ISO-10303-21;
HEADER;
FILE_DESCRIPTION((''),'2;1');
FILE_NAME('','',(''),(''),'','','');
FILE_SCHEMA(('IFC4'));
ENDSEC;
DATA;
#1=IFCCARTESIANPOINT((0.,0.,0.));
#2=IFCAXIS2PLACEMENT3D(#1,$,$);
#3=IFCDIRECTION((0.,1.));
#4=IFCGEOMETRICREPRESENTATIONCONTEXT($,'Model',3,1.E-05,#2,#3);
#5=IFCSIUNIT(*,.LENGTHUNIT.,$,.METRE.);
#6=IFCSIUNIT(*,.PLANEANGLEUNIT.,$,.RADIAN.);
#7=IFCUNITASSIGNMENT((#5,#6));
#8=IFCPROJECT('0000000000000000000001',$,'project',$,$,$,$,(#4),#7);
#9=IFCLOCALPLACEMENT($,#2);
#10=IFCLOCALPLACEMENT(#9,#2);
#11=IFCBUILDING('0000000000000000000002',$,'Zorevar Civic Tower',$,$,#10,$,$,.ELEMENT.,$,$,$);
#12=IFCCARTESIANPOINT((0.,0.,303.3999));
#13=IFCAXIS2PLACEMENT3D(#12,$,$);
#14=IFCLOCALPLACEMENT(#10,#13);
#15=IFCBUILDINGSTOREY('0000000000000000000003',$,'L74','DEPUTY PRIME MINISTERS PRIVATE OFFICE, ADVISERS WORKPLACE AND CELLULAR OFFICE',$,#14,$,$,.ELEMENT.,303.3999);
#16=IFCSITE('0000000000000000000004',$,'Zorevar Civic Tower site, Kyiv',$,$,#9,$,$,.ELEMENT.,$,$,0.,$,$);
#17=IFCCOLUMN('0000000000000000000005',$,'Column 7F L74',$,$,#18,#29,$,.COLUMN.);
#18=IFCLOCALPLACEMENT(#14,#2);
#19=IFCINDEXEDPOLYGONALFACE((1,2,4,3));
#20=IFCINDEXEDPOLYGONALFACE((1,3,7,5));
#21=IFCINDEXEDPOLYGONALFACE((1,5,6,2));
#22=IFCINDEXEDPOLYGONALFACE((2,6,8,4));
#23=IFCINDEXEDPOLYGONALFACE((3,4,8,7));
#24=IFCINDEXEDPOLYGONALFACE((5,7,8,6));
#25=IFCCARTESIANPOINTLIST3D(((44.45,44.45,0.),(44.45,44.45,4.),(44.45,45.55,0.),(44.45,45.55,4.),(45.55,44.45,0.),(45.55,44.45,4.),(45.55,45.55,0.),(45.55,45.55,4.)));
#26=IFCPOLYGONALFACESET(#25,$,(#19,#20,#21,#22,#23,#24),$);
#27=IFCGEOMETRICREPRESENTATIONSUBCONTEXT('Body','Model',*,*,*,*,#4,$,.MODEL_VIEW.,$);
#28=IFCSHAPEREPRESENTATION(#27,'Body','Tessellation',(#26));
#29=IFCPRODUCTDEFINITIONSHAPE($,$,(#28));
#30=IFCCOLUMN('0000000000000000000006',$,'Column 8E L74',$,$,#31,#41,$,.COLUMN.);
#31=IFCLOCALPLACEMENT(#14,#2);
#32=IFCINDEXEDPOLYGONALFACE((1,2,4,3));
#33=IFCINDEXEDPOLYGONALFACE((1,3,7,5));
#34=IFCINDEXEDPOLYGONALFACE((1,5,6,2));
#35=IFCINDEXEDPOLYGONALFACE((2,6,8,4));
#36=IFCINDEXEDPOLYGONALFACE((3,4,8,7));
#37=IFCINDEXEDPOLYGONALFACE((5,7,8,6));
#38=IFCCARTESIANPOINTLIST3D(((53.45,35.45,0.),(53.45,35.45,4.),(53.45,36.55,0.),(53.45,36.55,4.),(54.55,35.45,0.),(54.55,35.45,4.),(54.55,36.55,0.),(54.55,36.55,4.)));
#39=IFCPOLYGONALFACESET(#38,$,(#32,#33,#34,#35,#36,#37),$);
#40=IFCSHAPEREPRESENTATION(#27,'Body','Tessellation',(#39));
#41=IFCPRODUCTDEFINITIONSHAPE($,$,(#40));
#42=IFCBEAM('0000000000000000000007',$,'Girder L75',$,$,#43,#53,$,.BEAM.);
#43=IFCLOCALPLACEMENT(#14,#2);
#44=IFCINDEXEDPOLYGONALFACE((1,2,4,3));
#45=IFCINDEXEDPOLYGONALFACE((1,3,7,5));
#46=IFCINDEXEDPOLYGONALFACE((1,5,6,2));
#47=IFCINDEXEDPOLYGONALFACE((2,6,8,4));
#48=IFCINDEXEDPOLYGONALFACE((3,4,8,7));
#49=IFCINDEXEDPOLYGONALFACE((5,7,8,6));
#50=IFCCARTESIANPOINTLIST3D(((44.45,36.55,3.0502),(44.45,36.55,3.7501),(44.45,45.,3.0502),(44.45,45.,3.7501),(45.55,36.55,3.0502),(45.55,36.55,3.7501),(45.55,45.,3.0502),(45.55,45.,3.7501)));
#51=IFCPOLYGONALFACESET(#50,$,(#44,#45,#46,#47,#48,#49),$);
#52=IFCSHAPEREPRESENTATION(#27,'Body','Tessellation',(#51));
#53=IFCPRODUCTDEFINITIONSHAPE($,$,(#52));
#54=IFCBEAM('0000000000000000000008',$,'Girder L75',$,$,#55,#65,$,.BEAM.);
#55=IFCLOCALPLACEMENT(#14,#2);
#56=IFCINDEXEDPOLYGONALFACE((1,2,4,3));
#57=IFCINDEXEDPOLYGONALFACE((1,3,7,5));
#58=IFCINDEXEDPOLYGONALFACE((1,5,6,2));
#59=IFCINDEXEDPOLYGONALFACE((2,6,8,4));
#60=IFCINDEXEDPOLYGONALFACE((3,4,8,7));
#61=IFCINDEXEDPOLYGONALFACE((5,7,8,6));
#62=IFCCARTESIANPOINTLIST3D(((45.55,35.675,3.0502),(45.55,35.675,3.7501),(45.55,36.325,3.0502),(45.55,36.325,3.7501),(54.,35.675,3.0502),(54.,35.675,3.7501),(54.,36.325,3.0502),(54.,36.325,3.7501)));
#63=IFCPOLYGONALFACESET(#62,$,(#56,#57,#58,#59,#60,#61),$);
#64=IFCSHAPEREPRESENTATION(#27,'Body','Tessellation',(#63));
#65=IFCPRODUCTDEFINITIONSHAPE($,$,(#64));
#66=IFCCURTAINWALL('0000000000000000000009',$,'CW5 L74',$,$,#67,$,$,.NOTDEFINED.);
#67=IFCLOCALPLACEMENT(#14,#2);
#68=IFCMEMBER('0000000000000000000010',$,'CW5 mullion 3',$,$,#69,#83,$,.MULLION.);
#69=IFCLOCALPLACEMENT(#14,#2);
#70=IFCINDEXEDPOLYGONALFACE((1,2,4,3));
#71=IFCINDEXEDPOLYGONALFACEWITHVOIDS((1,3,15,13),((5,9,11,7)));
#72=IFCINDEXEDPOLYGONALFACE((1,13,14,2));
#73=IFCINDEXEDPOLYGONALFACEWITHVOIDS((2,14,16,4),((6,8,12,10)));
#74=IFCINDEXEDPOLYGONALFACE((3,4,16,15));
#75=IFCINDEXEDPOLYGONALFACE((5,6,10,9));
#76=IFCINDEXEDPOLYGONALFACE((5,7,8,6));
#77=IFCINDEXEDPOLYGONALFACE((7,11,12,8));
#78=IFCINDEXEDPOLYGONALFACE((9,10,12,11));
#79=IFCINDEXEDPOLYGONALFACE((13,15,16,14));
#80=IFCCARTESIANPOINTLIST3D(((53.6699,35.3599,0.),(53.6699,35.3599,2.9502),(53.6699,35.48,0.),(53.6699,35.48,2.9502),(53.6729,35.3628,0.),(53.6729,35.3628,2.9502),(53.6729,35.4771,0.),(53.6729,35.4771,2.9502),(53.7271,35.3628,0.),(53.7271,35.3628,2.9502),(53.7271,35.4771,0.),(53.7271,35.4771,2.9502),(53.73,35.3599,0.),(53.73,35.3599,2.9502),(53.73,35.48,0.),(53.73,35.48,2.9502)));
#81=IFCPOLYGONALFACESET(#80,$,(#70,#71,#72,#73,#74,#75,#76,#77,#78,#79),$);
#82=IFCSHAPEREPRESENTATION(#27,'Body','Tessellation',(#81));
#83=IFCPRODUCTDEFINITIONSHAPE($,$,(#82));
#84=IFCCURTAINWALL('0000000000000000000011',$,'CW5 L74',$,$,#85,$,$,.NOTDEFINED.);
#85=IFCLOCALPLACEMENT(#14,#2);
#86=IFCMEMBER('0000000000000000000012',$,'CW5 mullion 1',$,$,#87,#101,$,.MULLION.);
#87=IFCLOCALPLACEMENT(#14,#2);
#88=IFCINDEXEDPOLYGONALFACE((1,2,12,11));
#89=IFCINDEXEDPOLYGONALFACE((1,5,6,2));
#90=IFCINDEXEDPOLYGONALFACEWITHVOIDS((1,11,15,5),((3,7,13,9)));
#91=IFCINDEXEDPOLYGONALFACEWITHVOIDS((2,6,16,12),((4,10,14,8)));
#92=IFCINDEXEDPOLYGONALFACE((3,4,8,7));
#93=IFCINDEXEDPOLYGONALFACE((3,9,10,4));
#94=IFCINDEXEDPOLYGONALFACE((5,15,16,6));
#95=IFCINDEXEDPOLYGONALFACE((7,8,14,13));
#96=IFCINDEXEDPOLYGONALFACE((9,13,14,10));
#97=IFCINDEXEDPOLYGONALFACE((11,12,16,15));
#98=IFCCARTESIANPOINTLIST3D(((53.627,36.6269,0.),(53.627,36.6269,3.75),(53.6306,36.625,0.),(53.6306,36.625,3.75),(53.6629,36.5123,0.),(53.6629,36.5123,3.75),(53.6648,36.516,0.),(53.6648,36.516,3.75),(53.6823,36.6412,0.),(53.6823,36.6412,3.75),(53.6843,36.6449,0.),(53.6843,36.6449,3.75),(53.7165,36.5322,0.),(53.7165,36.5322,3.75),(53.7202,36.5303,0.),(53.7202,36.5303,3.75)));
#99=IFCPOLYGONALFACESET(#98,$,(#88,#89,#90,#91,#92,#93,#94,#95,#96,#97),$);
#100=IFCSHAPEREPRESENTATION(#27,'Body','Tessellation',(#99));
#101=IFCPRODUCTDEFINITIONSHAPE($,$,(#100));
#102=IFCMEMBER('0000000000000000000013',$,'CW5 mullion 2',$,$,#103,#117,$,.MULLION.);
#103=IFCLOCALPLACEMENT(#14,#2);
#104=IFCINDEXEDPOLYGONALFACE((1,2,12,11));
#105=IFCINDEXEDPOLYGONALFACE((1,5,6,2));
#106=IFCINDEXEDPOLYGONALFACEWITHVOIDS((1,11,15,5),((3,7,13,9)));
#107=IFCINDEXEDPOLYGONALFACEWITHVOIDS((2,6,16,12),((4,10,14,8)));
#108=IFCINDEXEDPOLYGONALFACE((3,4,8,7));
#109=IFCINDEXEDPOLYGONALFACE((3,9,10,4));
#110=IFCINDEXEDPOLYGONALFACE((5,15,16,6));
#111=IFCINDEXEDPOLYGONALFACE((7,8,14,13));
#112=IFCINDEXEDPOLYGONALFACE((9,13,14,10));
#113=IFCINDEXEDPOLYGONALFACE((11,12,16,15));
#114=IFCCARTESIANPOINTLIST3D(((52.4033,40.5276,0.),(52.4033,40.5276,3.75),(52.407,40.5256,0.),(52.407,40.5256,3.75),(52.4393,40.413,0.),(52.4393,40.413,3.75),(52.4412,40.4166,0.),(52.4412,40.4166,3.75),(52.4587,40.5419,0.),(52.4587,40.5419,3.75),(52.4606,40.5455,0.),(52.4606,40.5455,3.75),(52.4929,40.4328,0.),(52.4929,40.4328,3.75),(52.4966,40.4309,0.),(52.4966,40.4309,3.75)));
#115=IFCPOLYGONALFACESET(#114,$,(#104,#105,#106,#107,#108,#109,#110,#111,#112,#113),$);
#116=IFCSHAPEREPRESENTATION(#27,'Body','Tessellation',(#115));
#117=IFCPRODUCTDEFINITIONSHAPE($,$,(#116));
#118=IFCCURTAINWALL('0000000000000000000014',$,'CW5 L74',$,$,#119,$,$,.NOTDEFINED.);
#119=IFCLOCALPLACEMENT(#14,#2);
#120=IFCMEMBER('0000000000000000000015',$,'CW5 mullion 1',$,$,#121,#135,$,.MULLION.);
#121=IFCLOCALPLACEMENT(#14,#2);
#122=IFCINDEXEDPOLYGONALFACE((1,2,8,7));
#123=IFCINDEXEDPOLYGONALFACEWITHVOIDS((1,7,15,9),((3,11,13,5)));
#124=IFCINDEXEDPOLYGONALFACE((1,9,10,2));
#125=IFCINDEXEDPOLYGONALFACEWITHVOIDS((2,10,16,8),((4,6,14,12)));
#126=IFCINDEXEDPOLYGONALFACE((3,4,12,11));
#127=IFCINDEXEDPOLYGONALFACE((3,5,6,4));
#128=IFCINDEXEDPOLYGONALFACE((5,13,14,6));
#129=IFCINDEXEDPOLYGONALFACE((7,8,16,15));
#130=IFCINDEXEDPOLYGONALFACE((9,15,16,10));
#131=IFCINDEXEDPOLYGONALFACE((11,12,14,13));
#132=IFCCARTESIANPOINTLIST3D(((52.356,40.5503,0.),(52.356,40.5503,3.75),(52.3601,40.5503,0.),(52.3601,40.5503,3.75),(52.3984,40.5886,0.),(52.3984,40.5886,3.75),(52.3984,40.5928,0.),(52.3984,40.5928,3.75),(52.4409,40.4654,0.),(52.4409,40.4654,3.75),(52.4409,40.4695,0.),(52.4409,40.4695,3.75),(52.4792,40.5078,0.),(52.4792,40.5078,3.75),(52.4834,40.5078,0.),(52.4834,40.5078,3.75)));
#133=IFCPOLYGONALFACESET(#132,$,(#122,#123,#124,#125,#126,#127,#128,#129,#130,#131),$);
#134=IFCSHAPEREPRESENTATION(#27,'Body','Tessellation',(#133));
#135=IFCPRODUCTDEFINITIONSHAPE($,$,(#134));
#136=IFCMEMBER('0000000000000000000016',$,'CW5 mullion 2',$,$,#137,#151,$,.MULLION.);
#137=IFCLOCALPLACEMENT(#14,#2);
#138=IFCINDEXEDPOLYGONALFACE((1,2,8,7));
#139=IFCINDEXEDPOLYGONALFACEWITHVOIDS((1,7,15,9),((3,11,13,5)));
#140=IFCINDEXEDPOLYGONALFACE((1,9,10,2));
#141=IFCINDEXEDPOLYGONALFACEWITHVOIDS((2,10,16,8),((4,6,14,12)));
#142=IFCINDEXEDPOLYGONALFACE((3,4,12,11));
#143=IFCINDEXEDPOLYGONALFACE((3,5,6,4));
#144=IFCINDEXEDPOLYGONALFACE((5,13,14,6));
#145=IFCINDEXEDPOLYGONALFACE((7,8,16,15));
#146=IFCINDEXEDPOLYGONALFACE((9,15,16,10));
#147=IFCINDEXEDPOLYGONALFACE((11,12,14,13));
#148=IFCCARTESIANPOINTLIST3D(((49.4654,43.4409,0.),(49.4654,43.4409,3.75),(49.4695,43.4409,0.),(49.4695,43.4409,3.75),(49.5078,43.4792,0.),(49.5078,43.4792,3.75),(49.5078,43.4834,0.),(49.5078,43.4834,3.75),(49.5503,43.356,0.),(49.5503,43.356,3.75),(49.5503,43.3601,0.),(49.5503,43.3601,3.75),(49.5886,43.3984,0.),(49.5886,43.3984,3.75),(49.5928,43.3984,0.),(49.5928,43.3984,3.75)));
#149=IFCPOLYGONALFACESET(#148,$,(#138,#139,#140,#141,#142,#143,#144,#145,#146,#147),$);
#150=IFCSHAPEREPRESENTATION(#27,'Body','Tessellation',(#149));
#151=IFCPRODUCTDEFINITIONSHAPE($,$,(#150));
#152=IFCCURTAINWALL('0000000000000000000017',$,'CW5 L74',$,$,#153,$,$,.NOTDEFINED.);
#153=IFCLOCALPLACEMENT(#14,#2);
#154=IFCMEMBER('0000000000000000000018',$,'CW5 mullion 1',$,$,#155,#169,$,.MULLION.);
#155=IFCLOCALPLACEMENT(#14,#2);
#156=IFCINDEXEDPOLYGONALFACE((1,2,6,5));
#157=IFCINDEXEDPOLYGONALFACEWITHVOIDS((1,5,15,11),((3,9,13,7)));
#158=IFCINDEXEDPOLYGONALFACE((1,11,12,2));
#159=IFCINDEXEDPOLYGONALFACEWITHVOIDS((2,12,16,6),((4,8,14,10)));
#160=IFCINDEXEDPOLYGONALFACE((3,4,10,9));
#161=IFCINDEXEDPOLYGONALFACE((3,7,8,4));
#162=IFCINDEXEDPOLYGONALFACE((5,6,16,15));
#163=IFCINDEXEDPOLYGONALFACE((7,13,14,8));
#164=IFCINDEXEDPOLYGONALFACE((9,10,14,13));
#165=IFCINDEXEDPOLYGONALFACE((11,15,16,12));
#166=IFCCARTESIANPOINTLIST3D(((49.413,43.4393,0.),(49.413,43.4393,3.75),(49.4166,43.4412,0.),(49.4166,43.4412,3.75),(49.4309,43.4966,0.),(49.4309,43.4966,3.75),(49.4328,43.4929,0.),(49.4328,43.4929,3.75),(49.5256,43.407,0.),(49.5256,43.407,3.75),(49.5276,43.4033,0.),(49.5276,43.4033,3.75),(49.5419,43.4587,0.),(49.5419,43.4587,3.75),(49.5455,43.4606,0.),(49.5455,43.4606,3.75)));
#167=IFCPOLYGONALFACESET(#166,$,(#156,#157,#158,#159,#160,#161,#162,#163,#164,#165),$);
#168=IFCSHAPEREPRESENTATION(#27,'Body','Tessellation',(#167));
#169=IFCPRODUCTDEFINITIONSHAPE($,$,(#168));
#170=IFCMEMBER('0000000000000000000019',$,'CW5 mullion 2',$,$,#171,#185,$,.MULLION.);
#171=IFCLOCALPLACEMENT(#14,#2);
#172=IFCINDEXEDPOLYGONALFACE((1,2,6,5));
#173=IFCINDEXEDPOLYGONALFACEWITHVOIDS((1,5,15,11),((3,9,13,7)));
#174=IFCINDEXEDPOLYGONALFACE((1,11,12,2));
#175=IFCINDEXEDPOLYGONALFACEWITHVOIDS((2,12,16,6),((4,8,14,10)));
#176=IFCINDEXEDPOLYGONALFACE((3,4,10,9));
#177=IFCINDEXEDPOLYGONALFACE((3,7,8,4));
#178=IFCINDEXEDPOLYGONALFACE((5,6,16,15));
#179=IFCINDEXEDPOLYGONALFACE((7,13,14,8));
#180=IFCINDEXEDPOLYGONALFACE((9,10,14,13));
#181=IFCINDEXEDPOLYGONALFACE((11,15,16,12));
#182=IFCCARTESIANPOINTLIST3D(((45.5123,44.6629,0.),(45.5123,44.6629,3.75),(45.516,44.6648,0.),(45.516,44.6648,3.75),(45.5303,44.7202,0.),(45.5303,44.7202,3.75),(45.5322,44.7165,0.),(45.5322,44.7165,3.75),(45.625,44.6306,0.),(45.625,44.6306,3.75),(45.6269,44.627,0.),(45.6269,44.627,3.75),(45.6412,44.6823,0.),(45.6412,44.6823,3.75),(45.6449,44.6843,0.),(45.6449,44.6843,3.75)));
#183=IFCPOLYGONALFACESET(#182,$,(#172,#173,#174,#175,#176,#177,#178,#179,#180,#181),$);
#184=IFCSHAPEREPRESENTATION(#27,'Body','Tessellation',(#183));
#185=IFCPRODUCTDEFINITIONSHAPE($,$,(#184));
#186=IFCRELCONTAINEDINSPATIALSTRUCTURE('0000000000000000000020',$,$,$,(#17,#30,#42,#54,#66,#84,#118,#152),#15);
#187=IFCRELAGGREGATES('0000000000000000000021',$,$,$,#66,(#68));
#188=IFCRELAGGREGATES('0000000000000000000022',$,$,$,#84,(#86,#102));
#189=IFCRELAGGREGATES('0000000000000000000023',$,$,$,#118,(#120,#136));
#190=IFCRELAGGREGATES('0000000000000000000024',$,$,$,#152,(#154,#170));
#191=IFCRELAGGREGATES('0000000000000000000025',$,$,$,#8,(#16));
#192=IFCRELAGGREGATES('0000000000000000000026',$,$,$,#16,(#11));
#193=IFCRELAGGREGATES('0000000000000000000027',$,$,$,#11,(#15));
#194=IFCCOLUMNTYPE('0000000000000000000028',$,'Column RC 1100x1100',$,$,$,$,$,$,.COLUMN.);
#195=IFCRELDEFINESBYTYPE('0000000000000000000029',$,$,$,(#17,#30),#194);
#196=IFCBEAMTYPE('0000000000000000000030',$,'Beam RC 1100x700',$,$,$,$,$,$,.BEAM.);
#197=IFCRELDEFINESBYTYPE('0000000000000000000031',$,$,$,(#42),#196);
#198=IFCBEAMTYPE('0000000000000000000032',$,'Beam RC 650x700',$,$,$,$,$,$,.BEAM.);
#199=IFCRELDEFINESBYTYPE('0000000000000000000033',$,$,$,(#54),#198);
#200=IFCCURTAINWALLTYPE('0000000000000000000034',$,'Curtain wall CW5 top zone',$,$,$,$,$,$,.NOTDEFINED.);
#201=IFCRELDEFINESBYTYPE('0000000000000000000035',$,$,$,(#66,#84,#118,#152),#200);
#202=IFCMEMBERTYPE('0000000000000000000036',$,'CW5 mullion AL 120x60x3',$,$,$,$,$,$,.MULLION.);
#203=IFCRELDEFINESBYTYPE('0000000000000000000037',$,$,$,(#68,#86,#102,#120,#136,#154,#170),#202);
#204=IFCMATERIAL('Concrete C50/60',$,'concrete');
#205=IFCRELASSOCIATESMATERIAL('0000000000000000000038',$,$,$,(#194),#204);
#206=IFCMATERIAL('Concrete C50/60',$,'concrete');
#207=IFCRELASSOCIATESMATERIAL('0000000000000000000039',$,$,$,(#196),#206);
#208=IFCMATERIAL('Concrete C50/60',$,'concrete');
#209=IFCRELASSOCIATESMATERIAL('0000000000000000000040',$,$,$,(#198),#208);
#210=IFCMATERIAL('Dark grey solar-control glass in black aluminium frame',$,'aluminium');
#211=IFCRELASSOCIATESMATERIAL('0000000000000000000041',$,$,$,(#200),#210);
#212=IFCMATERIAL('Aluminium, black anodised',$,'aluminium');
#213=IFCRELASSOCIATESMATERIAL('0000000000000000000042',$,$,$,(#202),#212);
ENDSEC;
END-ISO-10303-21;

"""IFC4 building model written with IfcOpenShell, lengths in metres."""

from ifc_helpers import new_model, si_unit, direction, frame, origin, origin_2d, place, context, subcontext, project, spatial, rectangle, hollow_rectangle, extrude, material, material_profile, profile_set, type_object, element, aggregate, save


model = new_model("IFC4")

# Units and contexts
model_context = context("Model", 3, precision=1e-05, world=origin(), true_north=direction((0.0, 1.0)))
body_context = subcontext(model_context, "Body", "Model", "MODEL_VIEW")
ifc_project = project(units=[si_unit("LENGTHUNIT", "METRE"), si_unit("PLANEANGLEUNIT", "RADIAN")], contexts=[model_context])

# Site, building, storey
site_placement = place(None, origin())
site = spatial("IfcSite", under=ifc_project, at=site_placement, Name="Zorevar Civic Tower site, Kyiv", CompositionType="ELEMENT", RefElevation=0.0)
building_placement = place(site_placement, origin())
building = spatial("IfcBuilding", under=site, at=building_placement, Name="Zorevar Civic Tower", CompositionType="ELEMENT")
storey_placement = place(building_placement, frame((0.0, 0.0, 303.3999)))
storey = spatial("IfcBuildingStorey", under=building, at=storey_placement, Name="L74", Description="DEPUTY PRIME MINISTERS PRIVATE OFFICE, ADVISERS WORKPLACE AND CELLULAR OFFICE", CompositionType="ELEMENT", Elevation=303.3999)

# Columns
ifc_material_1 = material(Name="Concrete C50/60", Category="concrete")
ifc_material_profile_1 = material_profile(ifc_material_1, rectangle(XDim=1.1001, YDim=1.1001, at=origin_2d()), Name="RC 1100x1100")
ifc_profile_set_1 = profile_set([ifc_material_profile_1], Name="Concrete C50/60")
column_type = type_object("IfcColumnType", Name="Column RC 1100x1100", PredefinedType="COLUMN", material=ifc_profile_set_1)
for number, where, z_axis, x_axis, name in (
    (1, (45.0, 45.0, 0.0), (0.0, 0.0, 1.0), (1.0, 0.0, 0.0), "Column 7F L74"),
    (2, (54.0, 36.0, 0.0), (0.0, 0.0, 1.0), (1.0, 0.0, 0.0), "Column 8E L74"),
):
    element("IfcColumn", number, at=place(storey_placement, frame(where, z_axis=z_axis, x_axis=x_axis)), inside=storey, type_object=column_type, Name=name, PredefinedType="COLUMN", context=body_context, shape_type="SweptSolid", body=[
        extrude(rectangle(XDim=1.1001, YDim=1.1001, at=origin_2d()), origin(), (0.0, 0.0, 1.0), 4.0),
    ])

# Beams
ifc_material_2 = material(Name="Concrete C50/60", Category="concrete")
ifc_material_profile_2 = material_profile(ifc_material_2, rectangle(XDim=1.1001, YDim=0.7, at=origin_2d()), Name="RC 1100x700")
ifc_profile_set_2 = profile_set([ifc_material_profile_2], Name="Concrete C50/60")
beam_type_1 = type_object("IfcBeamType", Name="Beam RC 1100x700", PredefinedType="BEAM", material=ifc_profile_set_2)
beam_1_placement = place(storey_placement, frame((45.0, 36.55, 3.4001), z_axis=(0.0, 1.0, 0.0), x_axis=(-1.0, 0.0, 0.0)))
element("IfcBeam", 3, at=beam_1_placement, inside=storey, type_object=beam_type_1, Name="Girder L75", PredefinedType="BEAM", context=body_context, shape_type="SweptSolid", body=[
    extrude(rectangle(XDim=1.1001, YDim=0.7, at=origin_2d()), origin(), (0.0, 0.0, 1.0), 8.45),
])
ifc_material_3 = material(Name="Concrete C50/60", Category="concrete")
ifc_material_profile_3 = material_profile(ifc_material_3, rectangle(XDim=0.6499, YDim=0.7, at=origin_2d()), Name="RC 650x700")
ifc_profile_set_3 = profile_set([ifc_material_profile_3], Name="Concrete C50/60")
beam_type_2 = type_object("IfcBeamType", Name="Beam RC 650x700", PredefinedType="BEAM", material=ifc_profile_set_3)
beam_2_placement = place(storey_placement, frame((45.55, 36.0, 3.4001), z_axis=(1.0, 0.0, 0.0), x_axis=(0.0, 1.0, 0.0)))
element("IfcBeam", 4, at=beam_2_placement, inside=storey, type_object=beam_type_2, Name="Girder L75", PredefinedType="BEAM", context=body_context, shape_type="SweptSolid", body=[
    extrude(rectangle(XDim=0.6499, YDim=0.7, at=origin_2d()), origin(), (0.0, 0.0, 1.0), 8.45),
])

# Curtain wall, member
ifc_material_4 = material(Name="Dark grey solar-control glass in black aluminium frame", Category="aluminium")
curtain_wall_type = type_object("IfcCurtainWallType", Name="Curtain wall CW5 top zone", PredefinedType="NOTDEFINED", material=ifc_material_4)
curtain_wall_1_placement = place(storey_placement, origin())
curtain_wall_1 = element("IfcCurtainWall", 5, at=curtain_wall_1_placement, inside=storey, type_object=curtain_wall_type, Name="CW5 L74", PredefinedType="NOTDEFINED")
ifc_material_5 = material(Name="Aluminium, black anodised", Category="aluminium")
ifc_material_profile_4 = material_profile(ifc_material_5, hollow_rectangle(XDim=0.0601, YDim=0.1201, WallThickness=0.0029, at=origin_2d()), Name="AL 120x60x3")
ifc_profile_set_4 = profile_set([ifc_material_profile_4], Name="Aluminium, black anodised")
member_type_1 = type_object("IfcMemberType", Name="CW5 mullion AL 120x60x3", PredefinedType="MULLION", material=ifc_profile_set_4)
member_1_placement = place(storey_placement, frame((53.7, 35.4199, 0.0), z_axis=(0.0, 0.0, 1.0), x_axis=(-1.0, 0.0, 0.0)))
member_1 = element("IfcMember", 6, at=member_1_placement, type_object=member_type_1, Name="CW5 mullion 3", PredefinedType="MULLION", context=body_context, shape_type="SweptSolid", body=[
    extrude(hollow_rectangle(XDim=0.0601, YDim=0.1201, WallThickness=0.0029, at=origin_2d()), origin(), (0.0, 0.0, 1.0), 2.9502),
])

# Curtain walls, members
curtain_wall_2_placement = place(storey_placement, origin())
curtain_wall_2 = element("IfcCurtainWall", 7, at=curtain_wall_2_placement, inside=storey, type_object=curtain_wall_type, Name="CW5 L74", PredefinedType="NOTDEFINED")
member_2_placement = place(storey_placement, frame((53.6736, 36.5786, 0.0), z_axis=(0.0, 0.0, 1.0), x_axis=(-0.954153, -0.299318, 0.0)))
member_2 = element("IfcMember", 8, at=member_2_placement, type_object=member_type_1, Name="CW5 mullion 1", PredefinedType="MULLION", context=body_context, shape_type="SweptSolid", body=[
    extrude(hollow_rectangle(XDim=0.0601, YDim=0.1201, WallThickness=0.0029, at=origin_2d()), origin(), (0.0, 0.0, 1.0), 3.75),
])
member_3_placement = place(storey_placement, frame((52.45, 40.4792, 0.0), z_axis=(0.0, 0.0, 1.0), x_axis=(-0.954153, -0.299318, 0.0)))
member_3 = element("IfcMember", 9, at=member_3_placement, type_object=member_type_1, Name="CW5 mullion 2", PredefinedType="MULLION", context=body_context, shape_type="SweptSolid", body=[
    extrude(hollow_rectangle(XDim=0.0601, YDim=0.1201, WallThickness=0.0029, at=origin_2d()), origin(), (0.0, 0.0, 1.0), 3.75),
])
curtain_wall_3_placement = place(storey_placement, origin())
curtain_wall_3 = element("IfcCurtainWall", 10, at=curtain_wall_3_placement, inside=storey, type_object=curtain_wall_type, Name="CW5 L74", PredefinedType="NOTDEFINED")
member_4_placement = place(storey_placement, frame((52.4197, 40.5291, 0.0), z_axis=(0.0, 0.0, 1.0), x_axis=(-0.707107, -0.707107, 0.0)))
member_4 = element("IfcMember", 11, at=member_4_placement, type_object=member_type_1, Name="CW5 mullion 1", PredefinedType="MULLION", context=body_context, shape_type="SweptSolid", body=[
    extrude(hollow_rectangle(XDim=0.0601, YDim=0.1201, WallThickness=0.0029, at=origin_2d()), origin(), (0.0, 0.0, 1.0), 3.75),
])
member_5_placement = place(storey_placement, frame((49.5291, 43.4197, 0.0), z_axis=(0.0, 0.0, 1.0), x_axis=(-0.707107, -0.707107, 0.0)))
member_5 = element("IfcMember", 12, at=member_5_placement, type_object=member_type_1, Name="CW5 mullion 2", PredefinedType="MULLION", context=body_context, shape_type="SweptSolid", body=[
    extrude(hollow_rectangle(XDim=0.0601, YDim=0.1201, WallThickness=0.0029, at=origin_2d()), origin(), (0.0, 0.0, 1.0), 3.75),
])
curtain_wall_4_placement = place(storey_placement, origin())
curtain_wall_4 = element("IfcCurtainWall", 13, at=curtain_wall_4_placement, inside=storey, type_object=curtain_wall_type, Name="CW5 L74", PredefinedType="NOTDEFINED")
member_6_placement = place(storey_placement, frame((49.4792, 43.45, 0.0), z_axis=(0.0, 0.0, 1.0), x_axis=(-0.299318, -0.954153, 0.0)))
member_6 = element("IfcMember", 14, at=member_6_placement, type_object=member_type_1, Name="CW5 mullion 1", PredefinedType="MULLION", context=body_context, shape_type="SweptSolid", body=[
    extrude(hollow_rectangle(XDim=0.0601, YDim=0.1201, WallThickness=0.0029, at=origin_2d()), origin(), (0.0, 0.0, 1.0), 3.75),
])
member_7_placement = place(storey_placement, frame((45.5786, 44.6736, 0.0), z_axis=(0.0, 0.0, 1.0), x_axis=(-0.299318, -0.954153, 0.0)))
member_7 = element("IfcMember", 15, at=member_7_placement, type_object=member_type_1, Name="CW5 mullion 2", PredefinedType="MULLION", context=body_context, shape_type="SweptSolid", body=[
    extrude(hollow_rectangle(XDim=0.0601, YDim=0.1201, WallThickness=0.0029, at=origin_2d()), origin(), (0.0, 0.0, 1.0), 3.75),
])

aggregate(curtain_wall_1, [member_1])
aggregate(curtain_wall_2, [member_2, member_3])
aggregate(curtain_wall_3, [member_4, member_5])
aggregate(curtain_wall_4, [member_6, member_7])

save(model, "model.ifc")
